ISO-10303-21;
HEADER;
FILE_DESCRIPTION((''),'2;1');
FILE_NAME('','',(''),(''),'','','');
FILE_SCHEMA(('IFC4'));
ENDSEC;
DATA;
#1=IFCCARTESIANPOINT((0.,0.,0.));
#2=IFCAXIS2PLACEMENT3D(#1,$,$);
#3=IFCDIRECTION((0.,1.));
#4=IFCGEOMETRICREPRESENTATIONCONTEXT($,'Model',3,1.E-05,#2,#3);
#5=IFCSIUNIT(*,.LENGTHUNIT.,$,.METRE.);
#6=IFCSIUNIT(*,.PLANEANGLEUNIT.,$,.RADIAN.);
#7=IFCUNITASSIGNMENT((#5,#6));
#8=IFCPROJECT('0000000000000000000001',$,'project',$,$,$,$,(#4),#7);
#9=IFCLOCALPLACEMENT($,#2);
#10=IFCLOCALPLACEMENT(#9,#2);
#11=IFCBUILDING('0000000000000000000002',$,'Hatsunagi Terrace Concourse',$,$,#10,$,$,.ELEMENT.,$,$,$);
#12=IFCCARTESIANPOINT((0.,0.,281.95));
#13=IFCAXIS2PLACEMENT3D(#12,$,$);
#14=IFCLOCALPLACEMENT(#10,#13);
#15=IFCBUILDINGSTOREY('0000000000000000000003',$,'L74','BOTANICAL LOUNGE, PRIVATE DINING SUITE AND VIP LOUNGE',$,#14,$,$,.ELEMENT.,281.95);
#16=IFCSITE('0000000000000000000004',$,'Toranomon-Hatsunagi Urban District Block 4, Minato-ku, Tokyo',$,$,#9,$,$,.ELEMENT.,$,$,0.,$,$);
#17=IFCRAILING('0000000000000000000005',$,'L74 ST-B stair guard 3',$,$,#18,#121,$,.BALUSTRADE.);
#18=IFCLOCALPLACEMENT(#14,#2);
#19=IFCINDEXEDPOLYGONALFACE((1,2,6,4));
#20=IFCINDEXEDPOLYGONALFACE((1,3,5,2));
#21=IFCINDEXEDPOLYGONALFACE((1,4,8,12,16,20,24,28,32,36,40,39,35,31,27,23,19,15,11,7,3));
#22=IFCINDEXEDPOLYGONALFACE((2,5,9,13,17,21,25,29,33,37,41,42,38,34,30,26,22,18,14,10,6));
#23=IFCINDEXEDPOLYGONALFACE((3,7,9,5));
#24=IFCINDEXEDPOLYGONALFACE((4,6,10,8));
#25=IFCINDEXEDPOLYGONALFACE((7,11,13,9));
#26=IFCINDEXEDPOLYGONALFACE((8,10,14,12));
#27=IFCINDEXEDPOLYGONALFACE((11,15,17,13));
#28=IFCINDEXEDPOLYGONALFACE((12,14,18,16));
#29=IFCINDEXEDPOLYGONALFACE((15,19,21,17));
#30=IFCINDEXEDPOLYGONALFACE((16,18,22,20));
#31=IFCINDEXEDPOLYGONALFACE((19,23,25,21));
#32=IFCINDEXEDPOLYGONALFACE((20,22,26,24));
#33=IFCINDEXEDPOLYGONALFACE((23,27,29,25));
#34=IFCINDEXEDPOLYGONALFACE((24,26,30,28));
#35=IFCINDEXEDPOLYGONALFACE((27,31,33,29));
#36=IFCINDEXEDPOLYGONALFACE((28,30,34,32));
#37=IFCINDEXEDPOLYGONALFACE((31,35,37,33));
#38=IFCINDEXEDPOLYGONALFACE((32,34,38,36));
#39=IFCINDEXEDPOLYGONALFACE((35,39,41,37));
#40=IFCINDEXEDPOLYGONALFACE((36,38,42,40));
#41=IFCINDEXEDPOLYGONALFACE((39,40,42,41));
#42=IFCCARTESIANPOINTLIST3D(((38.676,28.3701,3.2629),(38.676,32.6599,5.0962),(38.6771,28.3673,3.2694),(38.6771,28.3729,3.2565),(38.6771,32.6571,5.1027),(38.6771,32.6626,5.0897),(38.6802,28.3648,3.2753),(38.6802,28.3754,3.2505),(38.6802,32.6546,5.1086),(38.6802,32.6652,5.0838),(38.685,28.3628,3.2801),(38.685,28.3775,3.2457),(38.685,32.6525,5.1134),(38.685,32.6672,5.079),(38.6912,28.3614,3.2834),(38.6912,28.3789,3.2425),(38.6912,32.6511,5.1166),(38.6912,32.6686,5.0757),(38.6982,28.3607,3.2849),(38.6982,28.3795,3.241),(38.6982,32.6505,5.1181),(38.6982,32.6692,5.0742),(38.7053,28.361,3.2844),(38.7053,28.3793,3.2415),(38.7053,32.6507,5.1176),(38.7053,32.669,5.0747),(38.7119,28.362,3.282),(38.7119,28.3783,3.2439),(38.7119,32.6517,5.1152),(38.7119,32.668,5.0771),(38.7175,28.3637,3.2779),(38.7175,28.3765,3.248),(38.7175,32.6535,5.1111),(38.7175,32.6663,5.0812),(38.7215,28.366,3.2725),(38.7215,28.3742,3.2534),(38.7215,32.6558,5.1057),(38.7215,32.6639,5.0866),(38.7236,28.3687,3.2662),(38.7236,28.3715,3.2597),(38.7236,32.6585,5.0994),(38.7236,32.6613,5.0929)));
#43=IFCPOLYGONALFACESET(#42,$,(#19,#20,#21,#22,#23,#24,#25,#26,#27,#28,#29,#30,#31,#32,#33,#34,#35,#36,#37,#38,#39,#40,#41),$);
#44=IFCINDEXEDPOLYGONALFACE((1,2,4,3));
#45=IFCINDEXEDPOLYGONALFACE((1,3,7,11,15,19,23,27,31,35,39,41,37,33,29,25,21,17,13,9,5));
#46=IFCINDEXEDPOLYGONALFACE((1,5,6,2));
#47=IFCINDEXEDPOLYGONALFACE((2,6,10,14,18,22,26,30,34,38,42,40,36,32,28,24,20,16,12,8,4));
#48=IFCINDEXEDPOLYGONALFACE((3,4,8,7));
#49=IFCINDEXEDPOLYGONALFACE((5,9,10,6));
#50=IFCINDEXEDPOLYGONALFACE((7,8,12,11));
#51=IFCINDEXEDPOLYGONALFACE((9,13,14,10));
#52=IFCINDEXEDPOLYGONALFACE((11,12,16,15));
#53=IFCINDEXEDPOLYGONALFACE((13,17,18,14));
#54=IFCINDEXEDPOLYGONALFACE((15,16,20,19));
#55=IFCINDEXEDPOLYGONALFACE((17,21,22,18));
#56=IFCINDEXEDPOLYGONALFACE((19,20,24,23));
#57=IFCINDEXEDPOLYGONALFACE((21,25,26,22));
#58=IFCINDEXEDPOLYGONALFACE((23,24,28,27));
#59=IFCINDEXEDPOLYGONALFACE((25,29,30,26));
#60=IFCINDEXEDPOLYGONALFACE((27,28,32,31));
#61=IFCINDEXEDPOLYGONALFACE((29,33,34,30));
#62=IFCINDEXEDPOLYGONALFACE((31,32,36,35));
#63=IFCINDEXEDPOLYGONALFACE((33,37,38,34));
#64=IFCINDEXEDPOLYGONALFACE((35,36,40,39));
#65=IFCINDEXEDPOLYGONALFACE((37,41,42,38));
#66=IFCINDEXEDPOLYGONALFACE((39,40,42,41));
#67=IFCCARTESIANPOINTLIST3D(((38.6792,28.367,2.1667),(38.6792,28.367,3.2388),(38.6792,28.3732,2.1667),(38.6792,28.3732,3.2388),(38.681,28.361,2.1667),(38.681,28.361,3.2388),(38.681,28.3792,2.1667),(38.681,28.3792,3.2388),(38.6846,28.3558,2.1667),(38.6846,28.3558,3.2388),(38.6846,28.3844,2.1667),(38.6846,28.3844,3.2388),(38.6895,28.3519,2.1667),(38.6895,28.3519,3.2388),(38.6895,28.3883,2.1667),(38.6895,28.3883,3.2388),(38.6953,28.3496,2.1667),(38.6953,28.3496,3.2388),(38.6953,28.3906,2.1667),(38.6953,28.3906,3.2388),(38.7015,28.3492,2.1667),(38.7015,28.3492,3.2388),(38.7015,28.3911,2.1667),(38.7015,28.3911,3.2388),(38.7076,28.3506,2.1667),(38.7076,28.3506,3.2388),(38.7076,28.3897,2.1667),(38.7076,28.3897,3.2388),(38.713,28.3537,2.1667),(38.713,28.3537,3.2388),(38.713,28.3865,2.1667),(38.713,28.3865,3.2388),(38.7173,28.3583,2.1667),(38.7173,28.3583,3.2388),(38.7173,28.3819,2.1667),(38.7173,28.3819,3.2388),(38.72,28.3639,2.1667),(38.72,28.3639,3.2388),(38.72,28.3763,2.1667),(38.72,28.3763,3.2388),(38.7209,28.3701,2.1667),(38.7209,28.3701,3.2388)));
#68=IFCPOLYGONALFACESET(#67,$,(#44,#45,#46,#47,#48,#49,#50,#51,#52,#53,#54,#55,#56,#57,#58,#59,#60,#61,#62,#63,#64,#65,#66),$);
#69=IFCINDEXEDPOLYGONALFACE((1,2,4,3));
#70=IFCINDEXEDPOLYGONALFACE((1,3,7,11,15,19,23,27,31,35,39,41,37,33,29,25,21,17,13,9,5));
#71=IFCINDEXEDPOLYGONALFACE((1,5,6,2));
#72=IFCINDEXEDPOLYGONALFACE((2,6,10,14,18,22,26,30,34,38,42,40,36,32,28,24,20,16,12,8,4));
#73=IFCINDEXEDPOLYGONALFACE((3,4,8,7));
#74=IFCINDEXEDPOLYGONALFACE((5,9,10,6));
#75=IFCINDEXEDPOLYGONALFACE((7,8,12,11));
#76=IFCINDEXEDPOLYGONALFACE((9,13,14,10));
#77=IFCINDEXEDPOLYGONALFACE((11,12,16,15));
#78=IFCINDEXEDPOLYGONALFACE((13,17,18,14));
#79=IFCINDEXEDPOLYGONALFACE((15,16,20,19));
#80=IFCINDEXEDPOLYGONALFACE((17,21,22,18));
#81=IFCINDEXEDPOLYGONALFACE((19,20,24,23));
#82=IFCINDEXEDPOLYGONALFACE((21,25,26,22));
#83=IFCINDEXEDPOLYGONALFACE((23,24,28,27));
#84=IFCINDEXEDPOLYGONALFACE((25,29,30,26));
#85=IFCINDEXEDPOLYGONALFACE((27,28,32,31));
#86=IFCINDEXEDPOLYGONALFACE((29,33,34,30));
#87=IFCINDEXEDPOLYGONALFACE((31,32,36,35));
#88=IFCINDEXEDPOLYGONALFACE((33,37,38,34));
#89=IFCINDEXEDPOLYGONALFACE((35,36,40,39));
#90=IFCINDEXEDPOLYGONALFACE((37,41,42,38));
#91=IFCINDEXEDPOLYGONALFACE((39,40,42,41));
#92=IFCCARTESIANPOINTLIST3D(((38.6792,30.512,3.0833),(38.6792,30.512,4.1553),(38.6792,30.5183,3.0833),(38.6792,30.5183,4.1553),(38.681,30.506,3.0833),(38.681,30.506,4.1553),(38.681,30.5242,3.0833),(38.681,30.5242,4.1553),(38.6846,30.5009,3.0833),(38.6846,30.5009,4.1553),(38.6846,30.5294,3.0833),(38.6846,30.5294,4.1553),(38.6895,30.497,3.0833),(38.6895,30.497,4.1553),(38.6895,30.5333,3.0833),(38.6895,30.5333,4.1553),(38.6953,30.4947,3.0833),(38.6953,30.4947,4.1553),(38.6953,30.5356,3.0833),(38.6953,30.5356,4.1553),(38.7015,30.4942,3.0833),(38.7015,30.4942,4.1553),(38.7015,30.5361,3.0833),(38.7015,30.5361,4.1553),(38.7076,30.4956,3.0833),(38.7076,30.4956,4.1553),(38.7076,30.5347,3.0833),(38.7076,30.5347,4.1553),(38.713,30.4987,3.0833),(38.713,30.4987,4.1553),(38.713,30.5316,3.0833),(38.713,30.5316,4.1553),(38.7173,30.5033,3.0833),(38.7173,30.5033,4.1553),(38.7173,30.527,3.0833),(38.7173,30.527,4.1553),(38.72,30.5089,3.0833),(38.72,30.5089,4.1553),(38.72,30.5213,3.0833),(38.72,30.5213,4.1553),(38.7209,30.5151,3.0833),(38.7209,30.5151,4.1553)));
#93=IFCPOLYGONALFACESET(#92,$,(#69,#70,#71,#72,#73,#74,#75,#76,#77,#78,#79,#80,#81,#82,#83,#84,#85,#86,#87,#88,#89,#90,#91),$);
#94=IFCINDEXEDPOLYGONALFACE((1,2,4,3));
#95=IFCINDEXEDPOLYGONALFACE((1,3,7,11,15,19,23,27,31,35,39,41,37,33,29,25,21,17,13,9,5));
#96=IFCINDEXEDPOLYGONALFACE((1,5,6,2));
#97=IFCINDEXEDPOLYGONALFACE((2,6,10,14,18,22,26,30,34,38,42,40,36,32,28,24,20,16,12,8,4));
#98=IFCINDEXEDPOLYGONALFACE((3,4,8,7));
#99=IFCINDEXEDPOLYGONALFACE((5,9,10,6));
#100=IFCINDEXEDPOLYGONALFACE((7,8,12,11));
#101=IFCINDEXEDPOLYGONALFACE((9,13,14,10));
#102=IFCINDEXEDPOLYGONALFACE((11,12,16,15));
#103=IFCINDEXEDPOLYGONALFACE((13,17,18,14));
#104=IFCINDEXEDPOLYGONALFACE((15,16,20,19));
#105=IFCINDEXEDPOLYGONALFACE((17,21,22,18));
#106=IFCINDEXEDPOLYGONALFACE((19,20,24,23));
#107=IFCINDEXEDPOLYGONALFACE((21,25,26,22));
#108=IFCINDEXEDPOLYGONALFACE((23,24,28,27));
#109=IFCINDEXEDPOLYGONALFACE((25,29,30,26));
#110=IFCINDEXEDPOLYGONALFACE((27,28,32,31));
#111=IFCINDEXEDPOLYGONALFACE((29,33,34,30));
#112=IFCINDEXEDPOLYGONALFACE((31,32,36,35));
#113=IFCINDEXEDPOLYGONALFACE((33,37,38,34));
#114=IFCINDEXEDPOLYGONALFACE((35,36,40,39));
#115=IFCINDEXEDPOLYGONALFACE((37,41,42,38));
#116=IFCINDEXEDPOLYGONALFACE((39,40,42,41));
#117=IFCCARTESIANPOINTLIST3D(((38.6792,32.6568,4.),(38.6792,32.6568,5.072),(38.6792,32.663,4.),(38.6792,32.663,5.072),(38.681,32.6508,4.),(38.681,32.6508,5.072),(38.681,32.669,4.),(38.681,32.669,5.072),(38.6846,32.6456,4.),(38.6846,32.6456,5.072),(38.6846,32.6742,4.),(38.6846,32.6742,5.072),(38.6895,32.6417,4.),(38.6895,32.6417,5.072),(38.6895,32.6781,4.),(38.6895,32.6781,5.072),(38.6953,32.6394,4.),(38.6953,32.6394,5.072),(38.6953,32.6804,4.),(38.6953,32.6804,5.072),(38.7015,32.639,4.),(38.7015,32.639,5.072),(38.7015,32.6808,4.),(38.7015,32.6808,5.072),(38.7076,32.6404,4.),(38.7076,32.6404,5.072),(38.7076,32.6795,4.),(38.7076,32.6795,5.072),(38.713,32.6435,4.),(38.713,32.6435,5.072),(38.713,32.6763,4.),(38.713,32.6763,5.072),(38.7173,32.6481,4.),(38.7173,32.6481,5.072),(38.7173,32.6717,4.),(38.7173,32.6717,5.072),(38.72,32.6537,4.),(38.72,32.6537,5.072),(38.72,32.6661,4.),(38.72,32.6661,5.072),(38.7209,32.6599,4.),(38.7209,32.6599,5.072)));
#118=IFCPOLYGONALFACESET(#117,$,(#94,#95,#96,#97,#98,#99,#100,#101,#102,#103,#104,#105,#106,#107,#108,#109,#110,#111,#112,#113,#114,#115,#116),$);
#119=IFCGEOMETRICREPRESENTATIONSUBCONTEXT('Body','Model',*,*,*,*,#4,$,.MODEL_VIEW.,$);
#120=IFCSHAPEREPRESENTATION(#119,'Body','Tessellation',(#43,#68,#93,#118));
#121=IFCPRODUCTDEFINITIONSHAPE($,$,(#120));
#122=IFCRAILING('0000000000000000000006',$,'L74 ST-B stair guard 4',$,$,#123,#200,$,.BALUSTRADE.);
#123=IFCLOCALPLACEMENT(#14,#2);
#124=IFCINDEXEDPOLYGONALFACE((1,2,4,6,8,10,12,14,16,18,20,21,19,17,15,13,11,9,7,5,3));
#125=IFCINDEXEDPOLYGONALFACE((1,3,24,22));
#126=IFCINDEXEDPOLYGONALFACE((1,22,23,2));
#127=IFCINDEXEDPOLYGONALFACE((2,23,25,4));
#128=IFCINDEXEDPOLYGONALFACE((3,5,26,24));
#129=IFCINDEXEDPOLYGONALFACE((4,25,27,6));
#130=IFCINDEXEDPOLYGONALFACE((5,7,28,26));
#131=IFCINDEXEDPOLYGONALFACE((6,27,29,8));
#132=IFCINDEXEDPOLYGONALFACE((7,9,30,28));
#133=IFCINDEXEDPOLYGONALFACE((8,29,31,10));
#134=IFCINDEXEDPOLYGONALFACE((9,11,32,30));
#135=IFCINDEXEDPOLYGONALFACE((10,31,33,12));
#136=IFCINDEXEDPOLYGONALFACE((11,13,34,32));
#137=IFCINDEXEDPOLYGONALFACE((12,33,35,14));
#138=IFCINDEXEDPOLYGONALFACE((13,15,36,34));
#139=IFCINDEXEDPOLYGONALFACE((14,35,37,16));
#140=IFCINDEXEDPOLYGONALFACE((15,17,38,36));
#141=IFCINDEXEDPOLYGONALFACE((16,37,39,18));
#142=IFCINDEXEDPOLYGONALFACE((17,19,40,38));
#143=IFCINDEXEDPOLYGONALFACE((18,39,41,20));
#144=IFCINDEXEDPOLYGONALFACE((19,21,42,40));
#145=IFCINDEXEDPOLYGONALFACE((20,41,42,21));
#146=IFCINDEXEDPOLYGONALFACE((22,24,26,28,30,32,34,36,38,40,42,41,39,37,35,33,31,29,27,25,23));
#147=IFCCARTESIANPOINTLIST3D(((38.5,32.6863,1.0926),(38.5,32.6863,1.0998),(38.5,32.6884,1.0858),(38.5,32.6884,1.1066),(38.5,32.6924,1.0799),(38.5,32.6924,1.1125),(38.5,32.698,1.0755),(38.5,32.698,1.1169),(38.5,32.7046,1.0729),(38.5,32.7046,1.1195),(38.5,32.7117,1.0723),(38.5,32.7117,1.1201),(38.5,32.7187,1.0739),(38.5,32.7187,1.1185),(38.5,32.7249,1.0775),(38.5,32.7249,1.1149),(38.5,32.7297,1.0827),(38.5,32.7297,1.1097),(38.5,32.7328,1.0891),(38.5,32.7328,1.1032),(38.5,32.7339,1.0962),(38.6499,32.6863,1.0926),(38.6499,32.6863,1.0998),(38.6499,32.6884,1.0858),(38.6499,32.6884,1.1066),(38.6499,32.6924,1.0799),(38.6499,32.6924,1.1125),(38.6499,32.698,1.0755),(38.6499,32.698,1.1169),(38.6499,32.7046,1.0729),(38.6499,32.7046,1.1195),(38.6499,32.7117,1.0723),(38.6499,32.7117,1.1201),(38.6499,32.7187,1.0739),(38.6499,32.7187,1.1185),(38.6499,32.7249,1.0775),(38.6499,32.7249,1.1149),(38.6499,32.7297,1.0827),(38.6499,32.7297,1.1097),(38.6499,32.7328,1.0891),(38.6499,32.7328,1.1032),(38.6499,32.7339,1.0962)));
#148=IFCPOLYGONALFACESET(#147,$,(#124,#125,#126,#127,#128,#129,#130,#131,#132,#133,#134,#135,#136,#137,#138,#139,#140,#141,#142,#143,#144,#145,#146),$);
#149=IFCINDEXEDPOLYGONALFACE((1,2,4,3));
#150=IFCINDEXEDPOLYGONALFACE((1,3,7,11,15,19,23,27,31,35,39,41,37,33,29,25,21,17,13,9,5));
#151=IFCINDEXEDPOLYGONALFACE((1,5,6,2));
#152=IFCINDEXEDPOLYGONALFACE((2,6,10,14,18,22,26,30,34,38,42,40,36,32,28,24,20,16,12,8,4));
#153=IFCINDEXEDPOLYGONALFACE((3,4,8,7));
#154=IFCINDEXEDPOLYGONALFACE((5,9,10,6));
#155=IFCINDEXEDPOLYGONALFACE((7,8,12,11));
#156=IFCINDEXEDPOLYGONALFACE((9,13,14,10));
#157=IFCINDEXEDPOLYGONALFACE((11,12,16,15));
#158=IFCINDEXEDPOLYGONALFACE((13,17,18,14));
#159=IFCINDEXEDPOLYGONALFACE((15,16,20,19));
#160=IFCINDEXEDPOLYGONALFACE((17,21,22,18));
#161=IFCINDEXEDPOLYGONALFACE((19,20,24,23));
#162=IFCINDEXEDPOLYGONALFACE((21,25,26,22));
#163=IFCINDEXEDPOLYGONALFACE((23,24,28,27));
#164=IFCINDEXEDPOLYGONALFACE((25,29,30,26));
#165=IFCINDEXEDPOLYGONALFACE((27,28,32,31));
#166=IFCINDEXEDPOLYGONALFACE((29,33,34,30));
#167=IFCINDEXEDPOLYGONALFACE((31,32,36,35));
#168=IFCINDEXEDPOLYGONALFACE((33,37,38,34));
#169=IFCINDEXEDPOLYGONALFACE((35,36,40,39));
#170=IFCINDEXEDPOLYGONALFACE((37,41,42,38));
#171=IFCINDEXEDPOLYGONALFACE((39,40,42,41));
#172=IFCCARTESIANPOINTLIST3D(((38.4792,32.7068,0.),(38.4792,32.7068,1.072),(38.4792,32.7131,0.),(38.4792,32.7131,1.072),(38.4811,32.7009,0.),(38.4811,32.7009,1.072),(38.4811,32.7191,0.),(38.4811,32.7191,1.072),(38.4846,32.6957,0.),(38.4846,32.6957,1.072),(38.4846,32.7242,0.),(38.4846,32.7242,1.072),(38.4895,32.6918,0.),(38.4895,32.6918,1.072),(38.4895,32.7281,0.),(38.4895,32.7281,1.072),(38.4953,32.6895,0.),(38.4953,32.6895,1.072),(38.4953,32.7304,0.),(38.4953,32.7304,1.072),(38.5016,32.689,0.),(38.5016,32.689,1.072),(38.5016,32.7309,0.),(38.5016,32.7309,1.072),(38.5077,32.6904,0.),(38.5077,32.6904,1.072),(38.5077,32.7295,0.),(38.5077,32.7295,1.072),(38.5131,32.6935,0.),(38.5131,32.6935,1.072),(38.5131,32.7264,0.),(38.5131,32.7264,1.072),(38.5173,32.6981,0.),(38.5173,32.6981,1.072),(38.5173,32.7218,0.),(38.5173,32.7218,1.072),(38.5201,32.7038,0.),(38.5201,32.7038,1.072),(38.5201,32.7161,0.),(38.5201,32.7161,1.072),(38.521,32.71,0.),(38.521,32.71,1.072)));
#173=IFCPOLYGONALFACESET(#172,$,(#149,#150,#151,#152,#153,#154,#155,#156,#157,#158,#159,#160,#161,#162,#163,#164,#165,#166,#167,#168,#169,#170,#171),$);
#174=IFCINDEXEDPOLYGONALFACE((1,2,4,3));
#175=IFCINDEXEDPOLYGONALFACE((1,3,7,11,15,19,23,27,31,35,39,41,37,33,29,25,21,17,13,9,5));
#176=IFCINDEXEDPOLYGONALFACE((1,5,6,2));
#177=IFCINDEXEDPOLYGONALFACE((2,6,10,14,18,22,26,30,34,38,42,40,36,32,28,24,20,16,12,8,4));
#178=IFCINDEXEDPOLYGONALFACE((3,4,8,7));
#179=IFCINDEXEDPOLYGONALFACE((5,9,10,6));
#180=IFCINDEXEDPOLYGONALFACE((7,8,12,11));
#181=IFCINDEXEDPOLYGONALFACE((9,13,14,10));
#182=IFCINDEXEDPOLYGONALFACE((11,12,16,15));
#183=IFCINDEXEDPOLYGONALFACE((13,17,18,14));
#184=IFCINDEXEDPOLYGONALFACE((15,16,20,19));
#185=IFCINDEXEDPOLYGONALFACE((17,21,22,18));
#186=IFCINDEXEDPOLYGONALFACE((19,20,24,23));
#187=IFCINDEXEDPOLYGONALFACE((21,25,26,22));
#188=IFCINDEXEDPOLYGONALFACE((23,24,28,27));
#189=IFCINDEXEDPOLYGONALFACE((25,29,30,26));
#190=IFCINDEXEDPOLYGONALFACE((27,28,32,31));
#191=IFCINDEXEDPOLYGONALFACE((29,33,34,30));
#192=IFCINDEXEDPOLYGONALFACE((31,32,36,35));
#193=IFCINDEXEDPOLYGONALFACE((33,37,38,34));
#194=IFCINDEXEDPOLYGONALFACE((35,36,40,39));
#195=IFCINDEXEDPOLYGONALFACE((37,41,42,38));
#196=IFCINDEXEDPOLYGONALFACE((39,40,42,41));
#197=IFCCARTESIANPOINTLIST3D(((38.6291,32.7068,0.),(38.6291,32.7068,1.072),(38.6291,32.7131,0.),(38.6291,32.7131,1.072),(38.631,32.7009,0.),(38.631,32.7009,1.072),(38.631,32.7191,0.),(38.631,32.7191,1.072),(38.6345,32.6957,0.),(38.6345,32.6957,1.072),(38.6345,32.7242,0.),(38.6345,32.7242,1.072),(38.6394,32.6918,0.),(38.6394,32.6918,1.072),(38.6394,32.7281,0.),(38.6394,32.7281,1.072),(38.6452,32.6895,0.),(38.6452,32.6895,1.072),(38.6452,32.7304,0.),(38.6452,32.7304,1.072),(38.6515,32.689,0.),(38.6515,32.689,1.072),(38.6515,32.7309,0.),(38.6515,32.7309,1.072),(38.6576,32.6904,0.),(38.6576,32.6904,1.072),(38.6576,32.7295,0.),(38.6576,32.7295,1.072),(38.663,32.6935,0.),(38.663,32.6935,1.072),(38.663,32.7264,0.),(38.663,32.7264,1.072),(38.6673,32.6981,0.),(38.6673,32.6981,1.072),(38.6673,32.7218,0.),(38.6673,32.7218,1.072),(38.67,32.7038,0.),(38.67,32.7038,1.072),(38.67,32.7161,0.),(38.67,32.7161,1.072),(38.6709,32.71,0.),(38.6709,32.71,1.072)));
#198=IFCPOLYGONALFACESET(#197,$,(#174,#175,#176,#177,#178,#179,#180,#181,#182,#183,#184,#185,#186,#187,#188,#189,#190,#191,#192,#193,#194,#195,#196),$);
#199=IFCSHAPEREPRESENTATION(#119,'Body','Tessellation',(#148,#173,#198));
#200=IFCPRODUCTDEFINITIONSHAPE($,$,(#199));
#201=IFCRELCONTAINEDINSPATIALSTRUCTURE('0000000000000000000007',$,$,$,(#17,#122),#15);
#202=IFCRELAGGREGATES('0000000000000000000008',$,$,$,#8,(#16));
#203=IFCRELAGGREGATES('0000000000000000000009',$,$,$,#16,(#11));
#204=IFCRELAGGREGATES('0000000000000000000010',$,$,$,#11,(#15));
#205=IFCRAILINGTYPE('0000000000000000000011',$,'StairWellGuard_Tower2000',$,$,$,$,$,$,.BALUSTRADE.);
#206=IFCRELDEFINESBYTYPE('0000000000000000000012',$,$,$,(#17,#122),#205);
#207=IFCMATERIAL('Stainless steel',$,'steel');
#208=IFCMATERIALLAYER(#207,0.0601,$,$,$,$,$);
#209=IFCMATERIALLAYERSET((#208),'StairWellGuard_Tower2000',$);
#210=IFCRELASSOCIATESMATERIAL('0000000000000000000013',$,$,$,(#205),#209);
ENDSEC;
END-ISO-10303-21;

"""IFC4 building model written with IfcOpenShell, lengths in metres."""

from ifc_helpers import new_model, si_unit, direction, frame, origin, origin_2d, place, context, subcontext, project, spatial, circle, extrude, material, layer, layer_set, type_object, element, save


model = new_model("IFC4")

# Units and contexts
model_context = context("Model", 3, precision=1e-05, world=origin(), true_north=direction((0.0, 1.0)))
body_context = subcontext(model_context, "Body", "Model", "MODEL_VIEW")
ifc_project = project(units=[si_unit("LENGTHUNIT", "METRE"), si_unit("PLANEANGLEUNIT", "RADIAN")], contexts=[model_context])

# Site, building, storey
site_placement = place(None, origin())
site = spatial("IfcSite", under=ifc_project, at=site_placement, Name="Toranomon-Hatsunagi Urban District Block 4, Minato-ku, Tokyo", CompositionType="ELEMENT", RefElevation=0.0)
building_placement = place(site_placement, origin())
building = spatial("IfcBuilding", under=site, at=building_placement, Name="Hatsunagi Terrace Concourse", CompositionType="ELEMENT")
storey_placement = place(building_placement, frame((0.0, 0.0, 281.95)))
storey = spatial("IfcBuildingStorey", under=building, at=storey_placement, Name="L74", Description="BOTANICAL LOUNGE, PRIVATE DINING SUITE AND VIP LOUNGE", CompositionType="ELEMENT", Elevation=281.95)

# Railings
ifc_material_1 = material(Name="Stainless steel", Category="steel")
ifc_layer_1 = layer(ifc_material_1, 0.0601)
ifc_layer_set_1 = layer_set([ifc_layer_1], Name="StairWellGuard_Tower2000")
railing_type_1 = type_object("IfcRailingType", Name="StairWellGuard_Tower2000", PredefinedType="BALUSTRADE", material=ifc_layer_set_1)
railing_1_placement = place(storey_placement, frame((38.7, 28.3701, 2.1667)))
element("IfcRailing", 1, at=railing_1_placement, inside=storey, type_object=railing_type_1, Name="L74 ST-B stair guard 3", PredefinedType="BALUSTRADE", context=body_context, shape_type="SweptSolid", body=[
    extrude(circle(Radius=0.0239, at=origin_2d()), frame((0.0, 0.0, 1.0962), z_axis=(0.0, 0.919551, 0.392972), x_axis=(-1.0, 0.0, 0.0)), (0.0, 0.0, 1.0), 4.665),
    extrude(circle(Radius=0.021, at=origin_2d()), origin(), (0.0, 0.0, 1.0), 1.072),
    extrude(circle(Radius=0.021, at=origin_2d()), frame((0.0, 2.145, 0.9165)), (0.0, 0.0, 1.0), 1.072),
    extrude(circle(Radius=0.021, at=origin_2d()), frame((0.0, 4.2898, 1.8333)), (0.0, 0.0, 1.0), 1.072),
])
railing_2_placement = place(storey_placement, frame((38.5, 32.71, 0.0)))
element("IfcRailing", 2, at=railing_2_placement, inside=storey, type_object=railing_type_1, Name="L74 ST-B stair guard 4", PredefinedType="BALUSTRADE", context=body_context, shape_type="SweptSolid", body=[
    extrude(circle(Radius=0.0239, at=origin_2d()), frame((0.0, 0.0, 1.0962), z_axis=(1.0, 0.0, 0.0), x_axis=(0.0, 1.0, 0.0)), (0.0, 0.0, 1.0), 0.1499),
    extrude(circle(Radius=0.021, at=origin_2d()), origin(), (0.0, 0.0, 1.0), 1.072),
    extrude(circle(Radius=0.021, at=origin_2d()), frame((0.1499, 0.0, 0.0)), (0.0, 0.0, 1.0), 1.072),
])

save(model, "model.ifc")
